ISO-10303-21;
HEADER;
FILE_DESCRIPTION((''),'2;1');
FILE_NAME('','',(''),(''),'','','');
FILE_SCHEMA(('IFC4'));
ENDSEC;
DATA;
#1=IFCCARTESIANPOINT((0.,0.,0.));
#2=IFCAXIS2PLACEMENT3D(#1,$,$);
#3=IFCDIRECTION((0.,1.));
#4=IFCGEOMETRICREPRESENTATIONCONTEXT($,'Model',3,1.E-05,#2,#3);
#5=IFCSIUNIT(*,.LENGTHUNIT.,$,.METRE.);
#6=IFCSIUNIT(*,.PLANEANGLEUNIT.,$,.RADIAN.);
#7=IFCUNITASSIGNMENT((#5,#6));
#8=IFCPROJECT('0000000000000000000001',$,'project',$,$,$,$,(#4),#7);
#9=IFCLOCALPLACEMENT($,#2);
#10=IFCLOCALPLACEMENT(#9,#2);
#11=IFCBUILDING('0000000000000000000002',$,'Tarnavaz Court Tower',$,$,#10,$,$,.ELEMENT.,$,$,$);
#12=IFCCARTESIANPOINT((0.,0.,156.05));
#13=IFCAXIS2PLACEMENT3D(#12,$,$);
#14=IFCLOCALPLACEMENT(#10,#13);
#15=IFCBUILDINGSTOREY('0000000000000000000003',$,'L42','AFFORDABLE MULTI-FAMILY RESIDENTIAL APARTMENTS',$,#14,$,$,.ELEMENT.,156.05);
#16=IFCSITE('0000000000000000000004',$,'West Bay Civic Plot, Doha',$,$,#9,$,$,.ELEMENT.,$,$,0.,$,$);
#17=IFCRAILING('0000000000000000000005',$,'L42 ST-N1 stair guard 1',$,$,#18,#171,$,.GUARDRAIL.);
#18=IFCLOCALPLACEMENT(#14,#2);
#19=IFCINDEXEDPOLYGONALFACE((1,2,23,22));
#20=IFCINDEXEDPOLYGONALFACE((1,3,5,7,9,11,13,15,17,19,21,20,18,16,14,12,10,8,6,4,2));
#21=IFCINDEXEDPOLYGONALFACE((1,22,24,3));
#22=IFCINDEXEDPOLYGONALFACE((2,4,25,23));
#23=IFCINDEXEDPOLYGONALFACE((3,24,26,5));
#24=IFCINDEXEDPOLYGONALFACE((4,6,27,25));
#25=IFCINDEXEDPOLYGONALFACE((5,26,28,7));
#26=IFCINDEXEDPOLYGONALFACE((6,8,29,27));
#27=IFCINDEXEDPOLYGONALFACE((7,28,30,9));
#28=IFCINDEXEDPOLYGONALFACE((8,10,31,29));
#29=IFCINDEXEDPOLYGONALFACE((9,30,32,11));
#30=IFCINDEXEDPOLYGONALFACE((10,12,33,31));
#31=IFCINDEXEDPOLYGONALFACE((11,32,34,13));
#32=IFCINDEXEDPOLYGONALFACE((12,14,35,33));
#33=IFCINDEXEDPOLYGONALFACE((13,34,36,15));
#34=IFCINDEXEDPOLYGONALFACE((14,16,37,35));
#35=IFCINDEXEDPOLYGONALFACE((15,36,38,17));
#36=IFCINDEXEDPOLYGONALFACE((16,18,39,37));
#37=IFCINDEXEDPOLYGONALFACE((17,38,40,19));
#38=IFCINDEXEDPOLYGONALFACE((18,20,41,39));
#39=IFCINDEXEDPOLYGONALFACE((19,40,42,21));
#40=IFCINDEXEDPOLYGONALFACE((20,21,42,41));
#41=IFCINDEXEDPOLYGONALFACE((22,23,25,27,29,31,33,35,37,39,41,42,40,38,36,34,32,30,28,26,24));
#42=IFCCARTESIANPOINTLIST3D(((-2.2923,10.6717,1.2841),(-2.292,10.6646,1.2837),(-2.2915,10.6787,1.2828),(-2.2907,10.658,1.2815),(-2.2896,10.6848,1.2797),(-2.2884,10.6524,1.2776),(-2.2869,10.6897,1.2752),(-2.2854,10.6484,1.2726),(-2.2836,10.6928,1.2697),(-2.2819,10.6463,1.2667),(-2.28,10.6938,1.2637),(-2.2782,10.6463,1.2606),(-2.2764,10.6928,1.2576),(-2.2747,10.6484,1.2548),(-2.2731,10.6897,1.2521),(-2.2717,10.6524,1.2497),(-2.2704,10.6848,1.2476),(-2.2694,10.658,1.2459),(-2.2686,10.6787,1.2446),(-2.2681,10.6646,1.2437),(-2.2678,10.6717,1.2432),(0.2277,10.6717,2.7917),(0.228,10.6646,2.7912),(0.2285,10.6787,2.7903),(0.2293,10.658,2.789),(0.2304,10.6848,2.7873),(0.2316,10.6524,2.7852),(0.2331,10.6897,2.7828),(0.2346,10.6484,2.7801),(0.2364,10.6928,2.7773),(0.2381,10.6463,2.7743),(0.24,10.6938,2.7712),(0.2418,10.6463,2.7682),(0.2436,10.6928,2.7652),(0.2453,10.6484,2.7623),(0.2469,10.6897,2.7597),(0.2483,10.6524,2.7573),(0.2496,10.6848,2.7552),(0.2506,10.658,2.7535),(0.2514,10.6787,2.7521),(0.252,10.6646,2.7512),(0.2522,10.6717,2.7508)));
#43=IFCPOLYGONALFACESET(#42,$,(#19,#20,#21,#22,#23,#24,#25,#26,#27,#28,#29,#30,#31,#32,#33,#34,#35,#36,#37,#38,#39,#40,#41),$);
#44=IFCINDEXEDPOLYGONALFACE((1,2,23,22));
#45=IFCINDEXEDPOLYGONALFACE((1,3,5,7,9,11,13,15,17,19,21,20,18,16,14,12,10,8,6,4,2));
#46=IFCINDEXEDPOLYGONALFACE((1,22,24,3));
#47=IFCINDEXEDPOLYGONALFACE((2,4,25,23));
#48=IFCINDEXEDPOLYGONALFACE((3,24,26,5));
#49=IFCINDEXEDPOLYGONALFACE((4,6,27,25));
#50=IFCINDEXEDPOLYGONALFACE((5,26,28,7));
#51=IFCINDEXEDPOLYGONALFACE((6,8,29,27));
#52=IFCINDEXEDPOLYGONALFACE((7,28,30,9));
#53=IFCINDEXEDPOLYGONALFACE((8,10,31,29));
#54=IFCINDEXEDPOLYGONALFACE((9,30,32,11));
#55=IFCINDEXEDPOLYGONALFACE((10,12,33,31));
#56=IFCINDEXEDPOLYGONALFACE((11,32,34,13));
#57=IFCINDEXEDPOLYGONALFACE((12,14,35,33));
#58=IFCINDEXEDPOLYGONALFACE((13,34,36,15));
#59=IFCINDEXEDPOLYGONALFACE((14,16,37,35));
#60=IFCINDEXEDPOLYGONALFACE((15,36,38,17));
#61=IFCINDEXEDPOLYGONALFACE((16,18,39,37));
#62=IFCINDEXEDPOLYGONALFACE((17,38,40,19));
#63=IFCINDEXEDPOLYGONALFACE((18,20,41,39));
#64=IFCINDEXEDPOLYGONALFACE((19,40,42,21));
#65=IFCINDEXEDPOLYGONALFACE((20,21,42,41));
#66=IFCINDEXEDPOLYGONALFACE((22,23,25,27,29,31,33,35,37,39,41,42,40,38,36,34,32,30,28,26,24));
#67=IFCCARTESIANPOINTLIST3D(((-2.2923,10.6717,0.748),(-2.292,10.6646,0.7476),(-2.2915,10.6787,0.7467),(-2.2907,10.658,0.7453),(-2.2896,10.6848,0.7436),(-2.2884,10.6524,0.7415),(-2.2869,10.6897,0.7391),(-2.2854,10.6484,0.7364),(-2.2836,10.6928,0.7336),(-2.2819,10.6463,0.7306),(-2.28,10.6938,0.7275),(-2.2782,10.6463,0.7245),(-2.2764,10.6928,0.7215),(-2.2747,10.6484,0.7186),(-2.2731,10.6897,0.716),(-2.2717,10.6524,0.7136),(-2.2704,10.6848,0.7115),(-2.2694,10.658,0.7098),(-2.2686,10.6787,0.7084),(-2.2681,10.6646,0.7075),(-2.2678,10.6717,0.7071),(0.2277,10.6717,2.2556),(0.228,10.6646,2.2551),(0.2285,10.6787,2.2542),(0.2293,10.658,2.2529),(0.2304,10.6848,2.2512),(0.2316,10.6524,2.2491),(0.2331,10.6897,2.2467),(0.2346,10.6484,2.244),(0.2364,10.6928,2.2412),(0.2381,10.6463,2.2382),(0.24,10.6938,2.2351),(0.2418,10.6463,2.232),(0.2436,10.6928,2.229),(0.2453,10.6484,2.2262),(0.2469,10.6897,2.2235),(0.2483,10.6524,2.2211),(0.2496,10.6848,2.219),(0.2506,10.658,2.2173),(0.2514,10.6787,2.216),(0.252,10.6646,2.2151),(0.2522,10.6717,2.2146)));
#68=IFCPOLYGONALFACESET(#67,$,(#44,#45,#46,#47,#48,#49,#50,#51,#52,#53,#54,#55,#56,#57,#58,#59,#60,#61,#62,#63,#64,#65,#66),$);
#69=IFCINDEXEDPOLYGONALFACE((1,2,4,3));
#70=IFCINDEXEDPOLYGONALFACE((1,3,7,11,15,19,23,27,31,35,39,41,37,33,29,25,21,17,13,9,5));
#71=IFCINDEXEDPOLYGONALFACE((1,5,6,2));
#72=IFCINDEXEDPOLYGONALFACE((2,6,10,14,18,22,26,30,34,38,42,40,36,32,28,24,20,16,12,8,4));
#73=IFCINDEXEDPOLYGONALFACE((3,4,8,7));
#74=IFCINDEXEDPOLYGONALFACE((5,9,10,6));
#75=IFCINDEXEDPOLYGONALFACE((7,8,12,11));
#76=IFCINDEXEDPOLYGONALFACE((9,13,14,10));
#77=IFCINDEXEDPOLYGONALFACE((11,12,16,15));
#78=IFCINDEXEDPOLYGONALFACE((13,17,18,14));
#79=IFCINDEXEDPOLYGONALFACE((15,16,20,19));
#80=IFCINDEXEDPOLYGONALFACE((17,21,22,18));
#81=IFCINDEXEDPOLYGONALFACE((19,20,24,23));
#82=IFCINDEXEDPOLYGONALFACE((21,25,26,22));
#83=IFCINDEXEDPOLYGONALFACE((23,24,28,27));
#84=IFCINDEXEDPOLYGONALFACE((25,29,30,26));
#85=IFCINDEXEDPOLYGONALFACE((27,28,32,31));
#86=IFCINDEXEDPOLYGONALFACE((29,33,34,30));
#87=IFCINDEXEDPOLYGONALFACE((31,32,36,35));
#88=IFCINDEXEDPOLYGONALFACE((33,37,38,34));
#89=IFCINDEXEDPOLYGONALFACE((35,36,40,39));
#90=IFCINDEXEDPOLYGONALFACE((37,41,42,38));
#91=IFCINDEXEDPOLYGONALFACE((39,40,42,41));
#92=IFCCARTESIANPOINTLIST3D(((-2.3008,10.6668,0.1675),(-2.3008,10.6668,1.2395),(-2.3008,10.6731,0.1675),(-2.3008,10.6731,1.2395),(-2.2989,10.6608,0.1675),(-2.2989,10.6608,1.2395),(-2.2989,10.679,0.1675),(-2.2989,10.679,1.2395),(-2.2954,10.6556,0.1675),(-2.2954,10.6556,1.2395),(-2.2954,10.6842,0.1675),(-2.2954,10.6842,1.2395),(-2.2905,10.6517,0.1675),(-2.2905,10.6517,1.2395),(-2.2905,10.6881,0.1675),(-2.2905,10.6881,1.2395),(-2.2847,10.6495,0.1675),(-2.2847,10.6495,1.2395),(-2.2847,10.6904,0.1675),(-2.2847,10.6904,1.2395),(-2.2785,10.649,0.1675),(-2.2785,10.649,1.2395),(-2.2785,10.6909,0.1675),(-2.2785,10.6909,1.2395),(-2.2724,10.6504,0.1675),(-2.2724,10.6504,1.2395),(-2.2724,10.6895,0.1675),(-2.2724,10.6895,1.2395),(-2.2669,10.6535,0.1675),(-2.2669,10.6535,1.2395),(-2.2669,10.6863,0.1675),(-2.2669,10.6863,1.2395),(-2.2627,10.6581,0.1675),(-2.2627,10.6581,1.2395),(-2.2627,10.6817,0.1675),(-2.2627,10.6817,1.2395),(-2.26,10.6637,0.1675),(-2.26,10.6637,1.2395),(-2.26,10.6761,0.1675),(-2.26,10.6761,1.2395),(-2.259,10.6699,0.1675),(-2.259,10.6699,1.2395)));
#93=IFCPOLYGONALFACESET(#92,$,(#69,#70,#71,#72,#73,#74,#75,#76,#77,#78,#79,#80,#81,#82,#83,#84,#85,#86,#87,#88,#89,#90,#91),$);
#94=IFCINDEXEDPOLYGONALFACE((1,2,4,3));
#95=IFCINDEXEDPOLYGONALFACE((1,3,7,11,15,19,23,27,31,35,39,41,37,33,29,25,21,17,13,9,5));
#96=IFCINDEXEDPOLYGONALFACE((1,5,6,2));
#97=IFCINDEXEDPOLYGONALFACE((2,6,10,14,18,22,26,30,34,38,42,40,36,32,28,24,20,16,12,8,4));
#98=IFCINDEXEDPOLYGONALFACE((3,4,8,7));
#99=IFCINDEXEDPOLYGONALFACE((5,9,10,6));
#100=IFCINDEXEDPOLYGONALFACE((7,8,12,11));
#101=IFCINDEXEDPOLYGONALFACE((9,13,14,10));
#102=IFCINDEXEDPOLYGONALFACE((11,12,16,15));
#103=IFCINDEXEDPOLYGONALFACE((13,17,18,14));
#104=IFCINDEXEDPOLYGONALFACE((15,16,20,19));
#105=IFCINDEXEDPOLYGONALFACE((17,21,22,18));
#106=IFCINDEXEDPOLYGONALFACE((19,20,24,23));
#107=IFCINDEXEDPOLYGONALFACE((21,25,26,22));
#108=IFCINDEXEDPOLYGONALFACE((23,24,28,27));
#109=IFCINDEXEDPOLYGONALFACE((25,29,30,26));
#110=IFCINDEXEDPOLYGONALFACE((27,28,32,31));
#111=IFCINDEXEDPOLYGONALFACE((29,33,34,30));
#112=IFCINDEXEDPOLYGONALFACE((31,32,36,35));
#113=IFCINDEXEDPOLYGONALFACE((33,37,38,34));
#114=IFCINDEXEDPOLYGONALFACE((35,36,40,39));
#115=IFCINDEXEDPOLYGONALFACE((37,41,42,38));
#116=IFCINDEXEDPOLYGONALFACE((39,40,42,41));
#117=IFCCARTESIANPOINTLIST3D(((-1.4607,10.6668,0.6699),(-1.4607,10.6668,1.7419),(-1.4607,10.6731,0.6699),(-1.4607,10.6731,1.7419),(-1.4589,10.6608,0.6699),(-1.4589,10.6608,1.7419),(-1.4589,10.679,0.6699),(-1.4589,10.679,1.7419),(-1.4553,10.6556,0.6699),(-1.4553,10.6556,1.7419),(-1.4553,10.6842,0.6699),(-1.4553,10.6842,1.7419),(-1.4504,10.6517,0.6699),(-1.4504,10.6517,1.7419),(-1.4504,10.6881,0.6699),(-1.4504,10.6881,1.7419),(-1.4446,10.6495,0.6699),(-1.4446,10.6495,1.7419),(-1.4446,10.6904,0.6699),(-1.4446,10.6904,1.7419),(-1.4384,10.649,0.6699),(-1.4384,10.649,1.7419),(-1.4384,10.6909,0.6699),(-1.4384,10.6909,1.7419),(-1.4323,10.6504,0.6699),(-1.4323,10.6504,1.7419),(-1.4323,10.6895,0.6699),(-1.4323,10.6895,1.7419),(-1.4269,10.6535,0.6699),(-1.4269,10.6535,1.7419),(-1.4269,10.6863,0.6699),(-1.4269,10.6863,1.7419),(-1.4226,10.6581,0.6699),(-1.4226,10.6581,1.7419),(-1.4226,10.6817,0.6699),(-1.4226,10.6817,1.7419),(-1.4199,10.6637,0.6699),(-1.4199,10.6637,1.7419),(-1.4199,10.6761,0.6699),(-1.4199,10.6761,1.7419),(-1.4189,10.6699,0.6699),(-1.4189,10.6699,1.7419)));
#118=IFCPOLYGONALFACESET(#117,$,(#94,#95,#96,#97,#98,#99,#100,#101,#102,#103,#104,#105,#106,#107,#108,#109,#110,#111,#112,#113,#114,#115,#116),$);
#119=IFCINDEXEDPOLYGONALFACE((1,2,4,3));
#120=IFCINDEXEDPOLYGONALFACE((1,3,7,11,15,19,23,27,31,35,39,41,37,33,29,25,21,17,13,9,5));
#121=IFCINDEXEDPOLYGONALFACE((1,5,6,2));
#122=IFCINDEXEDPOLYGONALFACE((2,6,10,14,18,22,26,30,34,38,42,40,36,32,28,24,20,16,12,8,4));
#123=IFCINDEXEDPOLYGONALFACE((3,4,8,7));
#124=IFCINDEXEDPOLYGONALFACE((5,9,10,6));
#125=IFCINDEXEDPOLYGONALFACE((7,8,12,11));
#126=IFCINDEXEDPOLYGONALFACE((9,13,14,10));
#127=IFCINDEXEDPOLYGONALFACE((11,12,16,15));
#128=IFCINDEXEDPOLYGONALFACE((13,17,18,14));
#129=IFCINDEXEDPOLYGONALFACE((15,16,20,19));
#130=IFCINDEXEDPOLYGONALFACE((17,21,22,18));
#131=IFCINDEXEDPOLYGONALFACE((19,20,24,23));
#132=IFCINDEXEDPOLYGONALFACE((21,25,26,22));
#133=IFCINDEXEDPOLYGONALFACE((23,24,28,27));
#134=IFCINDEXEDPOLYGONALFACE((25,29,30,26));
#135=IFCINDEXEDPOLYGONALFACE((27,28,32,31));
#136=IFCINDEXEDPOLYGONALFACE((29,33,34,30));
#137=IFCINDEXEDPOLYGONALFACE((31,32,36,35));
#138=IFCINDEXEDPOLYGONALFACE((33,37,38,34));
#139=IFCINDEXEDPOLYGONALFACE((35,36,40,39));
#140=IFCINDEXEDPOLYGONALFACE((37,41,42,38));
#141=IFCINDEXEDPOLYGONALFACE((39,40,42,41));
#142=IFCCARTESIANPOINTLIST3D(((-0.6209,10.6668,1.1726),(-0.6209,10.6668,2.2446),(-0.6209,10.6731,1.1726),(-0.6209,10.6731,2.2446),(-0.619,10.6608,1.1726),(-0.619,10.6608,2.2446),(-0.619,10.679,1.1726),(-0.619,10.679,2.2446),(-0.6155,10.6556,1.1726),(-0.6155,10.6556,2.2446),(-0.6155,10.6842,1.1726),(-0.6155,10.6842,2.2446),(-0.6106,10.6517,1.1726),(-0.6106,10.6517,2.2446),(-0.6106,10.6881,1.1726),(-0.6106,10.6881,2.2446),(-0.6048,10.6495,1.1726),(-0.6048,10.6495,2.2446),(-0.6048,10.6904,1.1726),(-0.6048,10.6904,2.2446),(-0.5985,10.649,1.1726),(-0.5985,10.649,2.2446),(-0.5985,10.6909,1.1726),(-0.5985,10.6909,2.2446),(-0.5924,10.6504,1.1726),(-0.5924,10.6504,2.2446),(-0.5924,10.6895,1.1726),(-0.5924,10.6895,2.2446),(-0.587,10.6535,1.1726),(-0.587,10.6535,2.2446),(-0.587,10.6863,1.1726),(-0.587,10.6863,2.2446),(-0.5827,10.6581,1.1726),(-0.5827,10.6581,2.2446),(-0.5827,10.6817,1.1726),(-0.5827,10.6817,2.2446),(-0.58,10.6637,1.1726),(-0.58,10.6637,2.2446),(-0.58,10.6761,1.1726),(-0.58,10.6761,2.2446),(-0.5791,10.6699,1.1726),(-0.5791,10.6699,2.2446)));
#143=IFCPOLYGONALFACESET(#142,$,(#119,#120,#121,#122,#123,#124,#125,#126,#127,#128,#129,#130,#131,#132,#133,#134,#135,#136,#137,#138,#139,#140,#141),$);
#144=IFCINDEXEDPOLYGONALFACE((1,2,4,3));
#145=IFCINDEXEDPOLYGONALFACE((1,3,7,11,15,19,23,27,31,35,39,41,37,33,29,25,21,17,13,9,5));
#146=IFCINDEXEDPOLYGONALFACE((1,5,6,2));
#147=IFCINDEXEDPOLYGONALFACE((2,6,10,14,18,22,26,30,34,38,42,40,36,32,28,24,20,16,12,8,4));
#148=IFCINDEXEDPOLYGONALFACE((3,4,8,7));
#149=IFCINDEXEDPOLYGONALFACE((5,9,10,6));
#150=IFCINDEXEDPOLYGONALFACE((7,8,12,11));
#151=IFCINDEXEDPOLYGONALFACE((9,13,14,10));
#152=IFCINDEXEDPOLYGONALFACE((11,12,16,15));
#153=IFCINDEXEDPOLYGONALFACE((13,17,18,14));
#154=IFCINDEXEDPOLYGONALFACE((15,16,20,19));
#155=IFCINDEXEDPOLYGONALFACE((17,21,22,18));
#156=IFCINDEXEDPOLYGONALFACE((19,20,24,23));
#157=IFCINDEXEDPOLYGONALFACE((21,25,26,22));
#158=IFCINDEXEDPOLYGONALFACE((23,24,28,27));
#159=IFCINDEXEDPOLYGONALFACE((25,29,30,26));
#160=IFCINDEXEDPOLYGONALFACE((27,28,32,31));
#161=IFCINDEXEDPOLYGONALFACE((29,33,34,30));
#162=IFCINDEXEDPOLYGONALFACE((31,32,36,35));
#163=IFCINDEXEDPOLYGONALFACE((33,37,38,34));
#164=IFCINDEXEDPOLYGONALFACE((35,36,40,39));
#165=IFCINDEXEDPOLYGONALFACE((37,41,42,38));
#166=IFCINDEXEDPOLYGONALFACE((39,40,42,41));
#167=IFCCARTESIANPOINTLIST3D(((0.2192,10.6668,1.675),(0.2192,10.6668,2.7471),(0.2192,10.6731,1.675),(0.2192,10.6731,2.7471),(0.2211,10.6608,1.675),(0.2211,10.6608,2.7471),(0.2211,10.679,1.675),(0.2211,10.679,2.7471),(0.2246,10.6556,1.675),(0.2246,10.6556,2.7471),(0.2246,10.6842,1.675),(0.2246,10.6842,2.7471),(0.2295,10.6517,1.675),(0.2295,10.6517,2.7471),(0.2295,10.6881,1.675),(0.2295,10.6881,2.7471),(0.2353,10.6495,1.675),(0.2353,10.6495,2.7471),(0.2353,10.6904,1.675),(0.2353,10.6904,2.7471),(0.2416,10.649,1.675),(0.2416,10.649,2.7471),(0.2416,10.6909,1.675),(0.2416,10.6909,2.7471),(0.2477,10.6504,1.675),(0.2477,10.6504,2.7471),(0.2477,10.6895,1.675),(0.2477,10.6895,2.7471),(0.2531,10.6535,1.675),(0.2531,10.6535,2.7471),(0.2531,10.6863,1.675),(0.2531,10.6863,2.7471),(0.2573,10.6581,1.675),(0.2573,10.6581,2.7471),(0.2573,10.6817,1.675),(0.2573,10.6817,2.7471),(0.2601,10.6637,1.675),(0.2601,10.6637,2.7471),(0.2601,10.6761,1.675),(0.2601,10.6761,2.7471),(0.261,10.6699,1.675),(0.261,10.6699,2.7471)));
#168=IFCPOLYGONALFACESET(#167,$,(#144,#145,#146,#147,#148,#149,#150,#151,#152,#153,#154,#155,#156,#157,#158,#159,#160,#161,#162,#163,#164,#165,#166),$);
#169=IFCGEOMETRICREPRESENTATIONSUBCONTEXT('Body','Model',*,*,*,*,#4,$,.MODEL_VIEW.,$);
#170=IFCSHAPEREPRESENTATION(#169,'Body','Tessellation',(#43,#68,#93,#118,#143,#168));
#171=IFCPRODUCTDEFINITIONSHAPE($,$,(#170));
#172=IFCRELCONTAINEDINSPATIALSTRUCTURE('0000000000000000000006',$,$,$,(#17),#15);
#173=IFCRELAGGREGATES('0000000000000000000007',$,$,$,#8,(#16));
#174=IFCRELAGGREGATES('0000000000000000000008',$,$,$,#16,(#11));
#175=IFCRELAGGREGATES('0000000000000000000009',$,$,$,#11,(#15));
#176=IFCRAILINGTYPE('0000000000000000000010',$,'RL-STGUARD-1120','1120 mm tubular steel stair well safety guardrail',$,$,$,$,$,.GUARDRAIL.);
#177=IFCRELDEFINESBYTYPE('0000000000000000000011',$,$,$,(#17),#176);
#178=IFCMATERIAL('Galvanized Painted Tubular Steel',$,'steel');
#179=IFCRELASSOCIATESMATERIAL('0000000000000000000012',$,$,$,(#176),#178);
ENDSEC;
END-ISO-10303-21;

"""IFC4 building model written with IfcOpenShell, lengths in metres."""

from ifc_helpers import new_model, si_unit, direction, frame, origin, origin_2d, place, context, subcontext, project, spatial, circle, extrude, material, type_object, element, save


model = new_model("IFC4")

# Units and contexts
model_context = context("Model", 3, precision=1e-05, world=origin(), true_north=direction((0.0, 1.0)))
body_context = subcontext(model_context, "Body", "Model", "MODEL_VIEW")
ifc_project = project(units=[si_unit("LENGTHUNIT", "METRE"), si_unit("PLANEANGLEUNIT", "RADIAN")], contexts=[model_context])

# Site, building, storey
site_placement = place(None, origin())
site = spatial("IfcSite", under=ifc_project, at=site_placement, Name="West Bay Civic Plot, Doha", CompositionType="ELEMENT", RefElevation=0.0)
building_placement = place(site_placement, origin())
building = spatial("IfcBuilding", under=site, at=building_placement, Name="Tarnavaz Court Tower", CompositionType="ELEMENT")
storey_placement = place(building_placement, frame((0.0, 0.0, 156.05)))
storey = spatial("IfcBuildingStorey", under=building, at=storey_placement, Name="L42", Description="AFFORDABLE MULTI-FAMILY RESIDENTIAL APARTMENTS", CompositionType="ELEMENT", Elevation=156.05)

# Railing
ifc_material_1 = material(Name="Galvanized Painted Tubular Steel", Category="steel")
railing_type_1 = type_object("IfcRailingType", Name="RL-STGUARD-1120", Description="1120 mm tubular steel stair well safety guardrail", PredefinedType="GUARDRAIL", material=ifc_material_1)
railing_1_placement = place(storey_placement, frame((-2.28, 10.6699, 0.1675)))
element("IfcRailing", 1, at=railing_1_placement, inside=storey, type_object=railing_type_1, Name="L42 ST-N1 stair guard 1", PredefinedType="GUARDRAIL", context=body_context, shape_type="SweptSolid", body=[
    extrude(circle(Radius=0.0239, at=origin_2d()), frame((0.0, 0.0, 1.0962), z_axis=(0.85816, 0.0, 0.513383), x_axis=(0.0, 1.0, 0.0)), (0.0, 0.0, 1.0), 2.9365),
    extrude(circle(Radius=0.0239, at=origin_2d()), frame((0.0, 0.0, 0.5601), z_axis=(0.85816, 0.0, 0.513383), x_axis=(0.0, 1.0, 0.0)), (0.0, 0.0, 1.0), 2.9365),
    extrude(circle(Radius=0.021, at=origin_2d()), origin(), (0.0, 0.0, 1.0), 1.072),
    extrude(circle(Radius=0.021, at=origin_2d()), frame((0.8401, 0.0, 0.5024)), (0.0, 0.0, 1.0), 1.072),
    extrude(circle(Radius=0.021, at=origin_2d()), frame((1.6799, 0.0, 1.0051)), (0.0, 0.0, 1.0), 1.072),
    extrude(circle(Radius=0.021, at=origin_2d()), frame((2.52, 0.0, 1.5076)), (0.0, 0.0, 1.0), 1.072),
])

save(model, "model.ifc")
